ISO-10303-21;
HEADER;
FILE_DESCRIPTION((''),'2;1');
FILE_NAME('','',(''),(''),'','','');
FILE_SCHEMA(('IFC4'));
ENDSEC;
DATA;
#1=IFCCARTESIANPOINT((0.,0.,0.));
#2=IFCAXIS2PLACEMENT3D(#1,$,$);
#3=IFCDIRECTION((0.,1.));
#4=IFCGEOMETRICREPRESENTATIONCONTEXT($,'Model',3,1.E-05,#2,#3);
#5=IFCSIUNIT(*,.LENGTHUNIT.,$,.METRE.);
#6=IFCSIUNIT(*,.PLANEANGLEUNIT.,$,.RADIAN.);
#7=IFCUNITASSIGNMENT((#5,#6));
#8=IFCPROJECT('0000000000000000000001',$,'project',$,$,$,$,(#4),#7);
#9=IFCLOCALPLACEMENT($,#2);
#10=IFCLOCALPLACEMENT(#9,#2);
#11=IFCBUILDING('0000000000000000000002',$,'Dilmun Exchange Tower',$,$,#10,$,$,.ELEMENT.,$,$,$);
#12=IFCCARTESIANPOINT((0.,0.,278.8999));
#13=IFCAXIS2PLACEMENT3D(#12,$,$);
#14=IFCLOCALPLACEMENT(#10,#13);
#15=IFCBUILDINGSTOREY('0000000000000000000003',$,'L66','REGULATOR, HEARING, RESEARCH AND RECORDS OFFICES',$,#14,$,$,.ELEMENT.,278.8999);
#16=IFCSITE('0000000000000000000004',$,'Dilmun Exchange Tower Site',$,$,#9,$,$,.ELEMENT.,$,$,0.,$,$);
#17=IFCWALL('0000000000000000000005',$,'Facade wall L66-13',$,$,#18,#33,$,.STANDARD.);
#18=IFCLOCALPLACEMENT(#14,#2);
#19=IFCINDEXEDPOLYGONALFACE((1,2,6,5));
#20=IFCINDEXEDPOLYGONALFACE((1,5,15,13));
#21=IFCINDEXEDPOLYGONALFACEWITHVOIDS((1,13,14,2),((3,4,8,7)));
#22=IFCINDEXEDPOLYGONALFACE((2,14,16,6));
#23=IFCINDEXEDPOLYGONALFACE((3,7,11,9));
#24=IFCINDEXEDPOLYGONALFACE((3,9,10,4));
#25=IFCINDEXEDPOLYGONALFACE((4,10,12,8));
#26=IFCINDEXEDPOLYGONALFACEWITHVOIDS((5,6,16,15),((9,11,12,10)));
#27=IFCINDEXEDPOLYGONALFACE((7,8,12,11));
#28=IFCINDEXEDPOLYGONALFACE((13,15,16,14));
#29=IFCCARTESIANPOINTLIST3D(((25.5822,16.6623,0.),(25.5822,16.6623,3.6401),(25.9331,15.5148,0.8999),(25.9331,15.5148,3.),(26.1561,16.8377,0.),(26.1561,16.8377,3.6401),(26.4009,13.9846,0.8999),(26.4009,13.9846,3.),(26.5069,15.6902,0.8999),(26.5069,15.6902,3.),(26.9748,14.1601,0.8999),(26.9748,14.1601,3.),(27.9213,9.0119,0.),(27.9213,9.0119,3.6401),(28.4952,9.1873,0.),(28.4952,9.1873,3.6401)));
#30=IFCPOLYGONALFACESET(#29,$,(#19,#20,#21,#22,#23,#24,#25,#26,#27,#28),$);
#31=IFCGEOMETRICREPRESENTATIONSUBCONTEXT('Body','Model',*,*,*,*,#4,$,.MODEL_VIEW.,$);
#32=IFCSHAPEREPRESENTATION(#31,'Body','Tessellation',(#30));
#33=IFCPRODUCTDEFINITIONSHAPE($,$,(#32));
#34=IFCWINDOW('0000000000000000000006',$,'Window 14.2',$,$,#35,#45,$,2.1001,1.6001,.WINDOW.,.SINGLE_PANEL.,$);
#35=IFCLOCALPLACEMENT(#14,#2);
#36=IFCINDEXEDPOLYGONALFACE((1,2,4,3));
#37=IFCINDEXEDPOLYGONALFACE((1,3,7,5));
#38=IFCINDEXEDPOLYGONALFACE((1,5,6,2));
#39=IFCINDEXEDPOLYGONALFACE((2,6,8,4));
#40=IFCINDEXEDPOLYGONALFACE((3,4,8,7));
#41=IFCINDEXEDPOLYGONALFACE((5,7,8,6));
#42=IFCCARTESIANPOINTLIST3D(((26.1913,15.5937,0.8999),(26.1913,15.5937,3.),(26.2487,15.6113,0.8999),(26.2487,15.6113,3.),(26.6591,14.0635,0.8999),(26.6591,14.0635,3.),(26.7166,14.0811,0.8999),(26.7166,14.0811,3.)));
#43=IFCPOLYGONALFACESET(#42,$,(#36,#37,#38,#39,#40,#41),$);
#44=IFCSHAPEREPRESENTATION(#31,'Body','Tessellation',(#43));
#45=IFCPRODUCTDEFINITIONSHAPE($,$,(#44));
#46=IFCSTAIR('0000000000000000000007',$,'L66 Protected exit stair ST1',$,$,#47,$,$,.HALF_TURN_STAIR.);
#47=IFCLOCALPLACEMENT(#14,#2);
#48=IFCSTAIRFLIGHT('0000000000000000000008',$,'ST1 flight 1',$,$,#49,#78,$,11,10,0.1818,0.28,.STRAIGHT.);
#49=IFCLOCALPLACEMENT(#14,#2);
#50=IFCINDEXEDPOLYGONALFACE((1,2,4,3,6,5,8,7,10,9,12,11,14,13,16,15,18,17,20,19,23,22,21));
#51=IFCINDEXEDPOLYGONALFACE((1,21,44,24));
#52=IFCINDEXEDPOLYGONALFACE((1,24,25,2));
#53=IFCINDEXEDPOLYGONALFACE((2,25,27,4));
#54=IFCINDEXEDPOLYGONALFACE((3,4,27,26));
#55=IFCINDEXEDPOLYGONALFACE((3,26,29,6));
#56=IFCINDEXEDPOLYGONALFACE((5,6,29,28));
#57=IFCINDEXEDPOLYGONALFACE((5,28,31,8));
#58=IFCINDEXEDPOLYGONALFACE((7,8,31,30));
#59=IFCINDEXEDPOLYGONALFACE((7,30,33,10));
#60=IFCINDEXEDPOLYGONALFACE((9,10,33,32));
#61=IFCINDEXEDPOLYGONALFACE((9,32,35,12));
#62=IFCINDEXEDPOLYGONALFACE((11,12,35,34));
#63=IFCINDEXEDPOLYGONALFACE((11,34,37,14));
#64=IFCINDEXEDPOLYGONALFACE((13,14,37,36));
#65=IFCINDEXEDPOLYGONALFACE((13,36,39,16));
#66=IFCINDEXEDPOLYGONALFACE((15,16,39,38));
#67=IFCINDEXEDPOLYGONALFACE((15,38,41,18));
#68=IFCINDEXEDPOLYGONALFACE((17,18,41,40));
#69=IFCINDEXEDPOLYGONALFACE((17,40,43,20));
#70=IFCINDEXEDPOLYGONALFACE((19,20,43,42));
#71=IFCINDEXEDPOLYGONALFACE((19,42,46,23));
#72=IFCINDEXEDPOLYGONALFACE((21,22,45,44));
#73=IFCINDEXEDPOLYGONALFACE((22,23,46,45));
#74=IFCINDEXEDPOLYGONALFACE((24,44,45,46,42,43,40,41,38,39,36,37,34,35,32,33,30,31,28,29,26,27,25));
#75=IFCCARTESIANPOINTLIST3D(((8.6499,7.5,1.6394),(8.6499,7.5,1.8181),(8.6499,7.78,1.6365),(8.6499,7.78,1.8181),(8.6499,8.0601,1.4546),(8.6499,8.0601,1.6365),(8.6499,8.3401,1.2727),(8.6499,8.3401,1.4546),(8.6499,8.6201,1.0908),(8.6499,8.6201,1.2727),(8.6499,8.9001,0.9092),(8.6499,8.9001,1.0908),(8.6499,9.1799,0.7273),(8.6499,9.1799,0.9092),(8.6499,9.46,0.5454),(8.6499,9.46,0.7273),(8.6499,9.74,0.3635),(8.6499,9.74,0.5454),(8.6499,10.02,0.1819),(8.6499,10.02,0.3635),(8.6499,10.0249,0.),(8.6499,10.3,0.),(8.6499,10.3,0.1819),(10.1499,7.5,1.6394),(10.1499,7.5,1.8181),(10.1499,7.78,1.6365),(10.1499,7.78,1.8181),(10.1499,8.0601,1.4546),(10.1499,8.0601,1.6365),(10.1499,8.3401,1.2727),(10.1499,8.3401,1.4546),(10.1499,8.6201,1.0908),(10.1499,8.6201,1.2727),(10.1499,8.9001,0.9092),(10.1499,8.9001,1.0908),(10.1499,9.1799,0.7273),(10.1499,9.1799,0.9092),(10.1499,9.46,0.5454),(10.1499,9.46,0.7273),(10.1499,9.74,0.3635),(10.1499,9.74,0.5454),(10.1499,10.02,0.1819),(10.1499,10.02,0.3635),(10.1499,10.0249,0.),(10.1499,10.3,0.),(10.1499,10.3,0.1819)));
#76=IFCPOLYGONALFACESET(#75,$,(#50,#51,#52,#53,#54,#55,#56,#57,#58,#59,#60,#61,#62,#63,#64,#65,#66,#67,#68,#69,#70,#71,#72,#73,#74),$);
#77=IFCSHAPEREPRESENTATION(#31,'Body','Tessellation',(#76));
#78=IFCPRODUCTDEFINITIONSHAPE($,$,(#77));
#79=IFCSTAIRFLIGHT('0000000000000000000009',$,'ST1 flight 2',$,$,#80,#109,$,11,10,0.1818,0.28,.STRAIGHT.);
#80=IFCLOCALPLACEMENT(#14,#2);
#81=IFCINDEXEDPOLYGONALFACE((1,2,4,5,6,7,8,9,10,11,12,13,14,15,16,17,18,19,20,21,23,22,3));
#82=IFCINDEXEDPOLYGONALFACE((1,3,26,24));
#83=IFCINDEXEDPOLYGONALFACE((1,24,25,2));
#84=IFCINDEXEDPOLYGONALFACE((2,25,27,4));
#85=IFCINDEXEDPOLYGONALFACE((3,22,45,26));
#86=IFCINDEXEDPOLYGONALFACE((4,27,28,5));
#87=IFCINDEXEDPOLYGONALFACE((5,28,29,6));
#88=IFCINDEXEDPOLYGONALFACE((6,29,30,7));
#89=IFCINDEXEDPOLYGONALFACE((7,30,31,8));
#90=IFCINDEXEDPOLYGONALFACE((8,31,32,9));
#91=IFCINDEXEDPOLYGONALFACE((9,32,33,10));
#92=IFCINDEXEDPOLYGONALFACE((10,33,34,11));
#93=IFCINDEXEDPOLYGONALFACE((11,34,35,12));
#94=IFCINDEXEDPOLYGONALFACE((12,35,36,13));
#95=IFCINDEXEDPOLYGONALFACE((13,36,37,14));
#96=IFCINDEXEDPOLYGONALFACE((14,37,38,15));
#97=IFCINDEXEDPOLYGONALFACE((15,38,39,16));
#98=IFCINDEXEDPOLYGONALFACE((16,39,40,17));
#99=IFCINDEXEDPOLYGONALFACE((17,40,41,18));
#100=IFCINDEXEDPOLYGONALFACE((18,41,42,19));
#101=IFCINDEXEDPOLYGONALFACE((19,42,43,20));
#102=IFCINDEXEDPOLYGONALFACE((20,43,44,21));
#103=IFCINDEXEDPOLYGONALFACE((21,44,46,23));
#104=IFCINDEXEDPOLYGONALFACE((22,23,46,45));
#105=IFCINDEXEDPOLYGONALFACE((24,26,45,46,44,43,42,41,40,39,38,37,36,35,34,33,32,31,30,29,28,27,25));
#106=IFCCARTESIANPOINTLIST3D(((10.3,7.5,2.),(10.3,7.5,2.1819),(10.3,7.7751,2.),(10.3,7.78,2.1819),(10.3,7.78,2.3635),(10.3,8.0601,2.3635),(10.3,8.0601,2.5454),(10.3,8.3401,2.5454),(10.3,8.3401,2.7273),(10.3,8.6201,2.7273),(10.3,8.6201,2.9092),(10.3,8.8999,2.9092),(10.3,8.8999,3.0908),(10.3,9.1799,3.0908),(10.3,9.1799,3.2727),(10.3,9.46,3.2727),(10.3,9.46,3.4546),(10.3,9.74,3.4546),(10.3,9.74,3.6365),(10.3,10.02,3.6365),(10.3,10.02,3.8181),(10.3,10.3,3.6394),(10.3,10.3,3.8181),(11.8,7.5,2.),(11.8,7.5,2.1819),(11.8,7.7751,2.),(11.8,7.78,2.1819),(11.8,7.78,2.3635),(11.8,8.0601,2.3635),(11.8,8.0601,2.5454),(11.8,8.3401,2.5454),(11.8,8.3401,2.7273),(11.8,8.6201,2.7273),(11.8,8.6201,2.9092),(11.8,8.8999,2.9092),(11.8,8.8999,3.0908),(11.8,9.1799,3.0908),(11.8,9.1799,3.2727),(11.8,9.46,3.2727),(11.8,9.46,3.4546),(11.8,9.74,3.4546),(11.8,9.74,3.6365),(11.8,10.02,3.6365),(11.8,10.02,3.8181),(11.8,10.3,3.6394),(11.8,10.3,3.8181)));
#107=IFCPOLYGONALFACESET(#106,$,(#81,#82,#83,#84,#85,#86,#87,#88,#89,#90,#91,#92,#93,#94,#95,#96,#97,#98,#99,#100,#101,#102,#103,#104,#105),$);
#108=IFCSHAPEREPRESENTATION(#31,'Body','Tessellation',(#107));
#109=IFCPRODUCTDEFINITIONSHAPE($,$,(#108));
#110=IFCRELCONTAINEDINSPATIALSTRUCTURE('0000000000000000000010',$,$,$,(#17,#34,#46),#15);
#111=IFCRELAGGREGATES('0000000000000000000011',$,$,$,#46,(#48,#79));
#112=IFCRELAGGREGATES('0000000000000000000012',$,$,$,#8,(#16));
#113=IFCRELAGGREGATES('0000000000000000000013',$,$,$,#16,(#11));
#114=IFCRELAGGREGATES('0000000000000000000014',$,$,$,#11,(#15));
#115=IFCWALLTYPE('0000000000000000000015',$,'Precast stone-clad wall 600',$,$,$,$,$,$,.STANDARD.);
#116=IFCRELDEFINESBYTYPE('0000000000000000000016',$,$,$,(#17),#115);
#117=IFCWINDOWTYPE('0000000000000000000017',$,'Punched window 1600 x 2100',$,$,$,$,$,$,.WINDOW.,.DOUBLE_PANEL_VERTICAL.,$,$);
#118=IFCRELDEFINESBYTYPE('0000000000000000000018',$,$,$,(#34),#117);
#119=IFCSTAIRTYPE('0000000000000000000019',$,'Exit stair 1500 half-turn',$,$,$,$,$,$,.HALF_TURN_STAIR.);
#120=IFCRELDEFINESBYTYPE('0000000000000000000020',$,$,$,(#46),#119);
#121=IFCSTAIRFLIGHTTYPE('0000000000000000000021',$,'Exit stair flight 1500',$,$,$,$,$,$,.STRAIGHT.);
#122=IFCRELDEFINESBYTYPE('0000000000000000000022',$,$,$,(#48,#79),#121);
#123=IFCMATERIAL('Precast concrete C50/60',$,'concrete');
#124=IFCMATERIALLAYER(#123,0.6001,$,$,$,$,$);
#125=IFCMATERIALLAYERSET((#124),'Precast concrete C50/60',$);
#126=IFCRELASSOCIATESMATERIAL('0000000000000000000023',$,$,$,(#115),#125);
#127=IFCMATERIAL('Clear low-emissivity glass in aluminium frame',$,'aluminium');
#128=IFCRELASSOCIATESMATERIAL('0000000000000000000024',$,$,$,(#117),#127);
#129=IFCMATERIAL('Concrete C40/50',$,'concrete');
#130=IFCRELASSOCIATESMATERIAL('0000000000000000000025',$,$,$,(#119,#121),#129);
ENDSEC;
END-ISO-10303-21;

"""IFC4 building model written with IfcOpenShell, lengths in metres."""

from ifc_helpers import new_model, si_unit, direction, frame, frame_2d, origin, place, context, subcontext, project, spatial, polyline, rectangle, outline, extrude, material, layer, layer_set, type_object, element, fill, aggregate, save


model = new_model("IFC4")

# Units and contexts
model_context = context("Model", 3, precision=1e-05, world=origin(), true_north=direction((0.0, 1.0)))
body_context = subcontext(model_context, "Body", "Model", "MODEL_VIEW")
ifc_project = project(units=[si_unit("LENGTHUNIT", "METRE"), si_unit("PLANEANGLEUNIT", "RADIAN")], contexts=[model_context])

# Site, building, storey
site_placement = place(None, origin())
site = spatial("IfcSite", under=ifc_project, at=site_placement, Name="Dilmun Exchange Tower Site", CompositionType="ELEMENT", RefElevation=0.0)
building_placement = place(site_placement, origin())
building = spatial("IfcBuilding", under=site, at=building_placement, Name="Dilmun Exchange Tower", CompositionType="ELEMENT")
storey_placement = place(building_placement, frame((0.0, 0.0, 278.8999)))
storey = spatial("IfcBuildingStorey", under=building, at=storey_placement, Name="L66", Description="REGULATOR, HEARING, RESEARCH AND RECORDS OFFICES", CompositionType="ELEMENT", Elevation=278.8999)

# Shared definitions
ifc_material_1 = material(Name="Concrete C40/50", Category="concrete")

# Wall, opening, window
ifc_material_2 = material(Name="Precast concrete C50/60", Category="concrete")
ifc_layer_1 = layer(ifc_material_2, 0.6001)
ifc_layer_set_1 = layer_set([ifc_layer_1], Name="Precast concrete C50/60")
wall_type_1 = type_object("IfcWallType", Name="Precast stone-clad wall 600", PredefinedType="STANDARD", material=ifc_layer_set_1)
ifc_material_3 = material(Name="Clear low-emissivity glass in aluminium frame", Category="aluminium")
window_type = type_object("IfcWindowType", Name="Punched window 1600 x 2100", PartitioningType="DOUBLE_PANEL_VERTICAL", PredefinedType="WINDOW", material=ifc_material_3)
wall_1_placement = place(storey_placement, frame((28.2083, 9.0996, 0.0), z_axis=(0.0, 0.0, 1.0), x_axis=(-0.292389, 0.956299, 0.0)))
wall_1 = element("IfcWall", 1, at=wall_1_placement, inside=storey, type_object=wall_type_1, Name="Facade wall L66-13", PredefinedType="STANDARD", context=body_context, shape_type="SweptSolid", body=[
    extrude(rectangle(XDim=8.0, YDim=0.6001, at=frame_2d((4.0, 0.0))), origin(), (0.0, 0.0, 1.0), 3.6401),
])
opening_1_placement = place(wall_1_placement, frame((5.2, 0.0, 0.8999)))
opening_1 = element("IfcOpeningElement", 2, at=opening_1_placement, cuts=wall_1, PredefinedType="OPENING", context=body_context, shape_type="SweptSolid", body=[
    extrude(rectangle(XDim=1.6001, YDim=2.1001, at=frame_2d((0.8, 1.05))), frame((0.0, 0.3101, 0.0), z_axis=(0.0, -1.0, 0.0), x_axis=(1.0, 0.0, 0.0)), (0.0, 0.0, 1.0), 0.6201),
])
window_1_placement = place(opening_1_placement, origin())
window_1 = element("IfcWindow", 3, at=window_1_placement, inside=storey, type_object=window_type, Name="Window 14.2", OverallHeight=2.1001, OverallWidth=1.6001, PartitioningType="SINGLE_PANEL", PredefinedType="WINDOW", context=body_context, shape_type="SweptSolid", body=[
    extrude(rectangle(XDim=1.6001, YDim=2.1001, at=frame_2d((0.8, 1.05))), frame((0.0, 0.03, 0.0), z_axis=(0.0, -1.0, 0.0), x_axis=(1.0, 0.0, 0.0)), (0.0, 0.0, 1.0), 0.0601),
])
fill(opening_1, window_1)

# Stair, stair flights
stair_type = type_object("IfcStairType", Name="Exit stair 1500 half-turn", PredefinedType="HALF_TURN_STAIR", material=ifc_material_1)
stair_placement = place(storey_placement, origin())
stair = element("IfcStair", 4, at=stair_placement, inside=storey, type_object=stair_type, Name="L66 Protected exit stair ST1", PredefinedType="HALF_TURN_STAIR")
stair_flight_type = type_object("IfcStairFlightType", Name="Exit stair flight 1500", PredefinedType="STRAIGHT", material=ifc_material_1)
stair_flight_1_placement = place(storey_placement, frame((9.3999, 10.3, 0.0), z_axis=(0.0, 0.0, 1.0), x_axis=(0.0, -1.0, 0.0)))
stair_flight_1 = element("IfcStairFlight", 5, at=stair_flight_1_placement, type_object=stair_flight_type, Name="ST1 flight 1", NumberOfRisers=11, NumberOfTreads=10, PredefinedType="STRAIGHT", RiserHeight=0.1818, TreadLength=0.28, context=body_context, shape_type="SweptSolid", body=[
    extrude(outline(polyline([(0.0, 0.0), (0.0, 0.1819), (0.28, 0.1819), (0.28, 0.3635), (0.5601, 0.3635), (0.5601, 0.5454), (0.8401, 0.5454), (0.8401, 0.7273), (1.1201, 0.7273), (1.1201, 0.9092), (1.3999, 0.9092), (1.3999, 1.0908), (1.6799, 1.0908), (1.6799, 1.2727), (1.96, 1.2727), (1.96, 1.4546), (2.24, 1.4546), (2.24, 1.6365), (2.52, 1.6365), (2.52, 1.8181), (2.8, 1.8181), (2.8, 2.0), (2.8, 1.6394), (0.2751, 0.0), (0.0, 0.0)])), frame((0.0, 0.75, 0.0), z_axis=(0.0, -1.0, 0.0), x_axis=(1.0, 0.0, 0.0)), (0.0, 0.0, 1.0), 1.5),
])
stair_flight_2_placement = place(storey_placement, frame((11.05, 7.5, 2.0), z_axis=(0.0, 0.0, 1.0), x_axis=(0.0, 1.0, 0.0)))
stair_flight_2 = element("IfcStairFlight", 6, at=stair_flight_2_placement, type_object=stair_flight_type, Name="ST1 flight 2", NumberOfRisers=11, NumberOfTreads=10, PredefinedType="STRAIGHT", RiserHeight=0.1818, TreadLength=0.28, context=body_context, shape_type="SweptSolid", body=[
    extrude(outline(polyline([(0.0, 0.0), (0.0, 0.1819), (0.28, 0.1819), (0.28, 0.3635), (0.5601, 0.3635), (0.5601, 0.5454), (0.8401, 0.5454), (0.8401, 0.7273), (1.1201, 0.7273), (1.1201, 0.9092), (1.3999, 0.9092), (1.3999, 1.0908), (1.6799, 1.0908), (1.6799, 1.2727), (1.96, 1.2727), (1.96, 1.4546), (2.24, 1.4546), (2.24, 1.6365), (2.52, 1.6365), (2.52, 1.8181), (2.8, 1.8181), (2.8, 2.0), (2.8, 1.6394), (0.2751, 0.0), (0.0, 0.0)])), frame((0.0, 0.75, 0.0), z_axis=(0.0, -1.0, 0.0), x_axis=(1.0, 0.0, 0.0)), (0.0, 0.0, 1.0), 1.5),
])
aggregate(stair, [stair_flight_1, stair_flight_2])

save(model, "model.ifc")
